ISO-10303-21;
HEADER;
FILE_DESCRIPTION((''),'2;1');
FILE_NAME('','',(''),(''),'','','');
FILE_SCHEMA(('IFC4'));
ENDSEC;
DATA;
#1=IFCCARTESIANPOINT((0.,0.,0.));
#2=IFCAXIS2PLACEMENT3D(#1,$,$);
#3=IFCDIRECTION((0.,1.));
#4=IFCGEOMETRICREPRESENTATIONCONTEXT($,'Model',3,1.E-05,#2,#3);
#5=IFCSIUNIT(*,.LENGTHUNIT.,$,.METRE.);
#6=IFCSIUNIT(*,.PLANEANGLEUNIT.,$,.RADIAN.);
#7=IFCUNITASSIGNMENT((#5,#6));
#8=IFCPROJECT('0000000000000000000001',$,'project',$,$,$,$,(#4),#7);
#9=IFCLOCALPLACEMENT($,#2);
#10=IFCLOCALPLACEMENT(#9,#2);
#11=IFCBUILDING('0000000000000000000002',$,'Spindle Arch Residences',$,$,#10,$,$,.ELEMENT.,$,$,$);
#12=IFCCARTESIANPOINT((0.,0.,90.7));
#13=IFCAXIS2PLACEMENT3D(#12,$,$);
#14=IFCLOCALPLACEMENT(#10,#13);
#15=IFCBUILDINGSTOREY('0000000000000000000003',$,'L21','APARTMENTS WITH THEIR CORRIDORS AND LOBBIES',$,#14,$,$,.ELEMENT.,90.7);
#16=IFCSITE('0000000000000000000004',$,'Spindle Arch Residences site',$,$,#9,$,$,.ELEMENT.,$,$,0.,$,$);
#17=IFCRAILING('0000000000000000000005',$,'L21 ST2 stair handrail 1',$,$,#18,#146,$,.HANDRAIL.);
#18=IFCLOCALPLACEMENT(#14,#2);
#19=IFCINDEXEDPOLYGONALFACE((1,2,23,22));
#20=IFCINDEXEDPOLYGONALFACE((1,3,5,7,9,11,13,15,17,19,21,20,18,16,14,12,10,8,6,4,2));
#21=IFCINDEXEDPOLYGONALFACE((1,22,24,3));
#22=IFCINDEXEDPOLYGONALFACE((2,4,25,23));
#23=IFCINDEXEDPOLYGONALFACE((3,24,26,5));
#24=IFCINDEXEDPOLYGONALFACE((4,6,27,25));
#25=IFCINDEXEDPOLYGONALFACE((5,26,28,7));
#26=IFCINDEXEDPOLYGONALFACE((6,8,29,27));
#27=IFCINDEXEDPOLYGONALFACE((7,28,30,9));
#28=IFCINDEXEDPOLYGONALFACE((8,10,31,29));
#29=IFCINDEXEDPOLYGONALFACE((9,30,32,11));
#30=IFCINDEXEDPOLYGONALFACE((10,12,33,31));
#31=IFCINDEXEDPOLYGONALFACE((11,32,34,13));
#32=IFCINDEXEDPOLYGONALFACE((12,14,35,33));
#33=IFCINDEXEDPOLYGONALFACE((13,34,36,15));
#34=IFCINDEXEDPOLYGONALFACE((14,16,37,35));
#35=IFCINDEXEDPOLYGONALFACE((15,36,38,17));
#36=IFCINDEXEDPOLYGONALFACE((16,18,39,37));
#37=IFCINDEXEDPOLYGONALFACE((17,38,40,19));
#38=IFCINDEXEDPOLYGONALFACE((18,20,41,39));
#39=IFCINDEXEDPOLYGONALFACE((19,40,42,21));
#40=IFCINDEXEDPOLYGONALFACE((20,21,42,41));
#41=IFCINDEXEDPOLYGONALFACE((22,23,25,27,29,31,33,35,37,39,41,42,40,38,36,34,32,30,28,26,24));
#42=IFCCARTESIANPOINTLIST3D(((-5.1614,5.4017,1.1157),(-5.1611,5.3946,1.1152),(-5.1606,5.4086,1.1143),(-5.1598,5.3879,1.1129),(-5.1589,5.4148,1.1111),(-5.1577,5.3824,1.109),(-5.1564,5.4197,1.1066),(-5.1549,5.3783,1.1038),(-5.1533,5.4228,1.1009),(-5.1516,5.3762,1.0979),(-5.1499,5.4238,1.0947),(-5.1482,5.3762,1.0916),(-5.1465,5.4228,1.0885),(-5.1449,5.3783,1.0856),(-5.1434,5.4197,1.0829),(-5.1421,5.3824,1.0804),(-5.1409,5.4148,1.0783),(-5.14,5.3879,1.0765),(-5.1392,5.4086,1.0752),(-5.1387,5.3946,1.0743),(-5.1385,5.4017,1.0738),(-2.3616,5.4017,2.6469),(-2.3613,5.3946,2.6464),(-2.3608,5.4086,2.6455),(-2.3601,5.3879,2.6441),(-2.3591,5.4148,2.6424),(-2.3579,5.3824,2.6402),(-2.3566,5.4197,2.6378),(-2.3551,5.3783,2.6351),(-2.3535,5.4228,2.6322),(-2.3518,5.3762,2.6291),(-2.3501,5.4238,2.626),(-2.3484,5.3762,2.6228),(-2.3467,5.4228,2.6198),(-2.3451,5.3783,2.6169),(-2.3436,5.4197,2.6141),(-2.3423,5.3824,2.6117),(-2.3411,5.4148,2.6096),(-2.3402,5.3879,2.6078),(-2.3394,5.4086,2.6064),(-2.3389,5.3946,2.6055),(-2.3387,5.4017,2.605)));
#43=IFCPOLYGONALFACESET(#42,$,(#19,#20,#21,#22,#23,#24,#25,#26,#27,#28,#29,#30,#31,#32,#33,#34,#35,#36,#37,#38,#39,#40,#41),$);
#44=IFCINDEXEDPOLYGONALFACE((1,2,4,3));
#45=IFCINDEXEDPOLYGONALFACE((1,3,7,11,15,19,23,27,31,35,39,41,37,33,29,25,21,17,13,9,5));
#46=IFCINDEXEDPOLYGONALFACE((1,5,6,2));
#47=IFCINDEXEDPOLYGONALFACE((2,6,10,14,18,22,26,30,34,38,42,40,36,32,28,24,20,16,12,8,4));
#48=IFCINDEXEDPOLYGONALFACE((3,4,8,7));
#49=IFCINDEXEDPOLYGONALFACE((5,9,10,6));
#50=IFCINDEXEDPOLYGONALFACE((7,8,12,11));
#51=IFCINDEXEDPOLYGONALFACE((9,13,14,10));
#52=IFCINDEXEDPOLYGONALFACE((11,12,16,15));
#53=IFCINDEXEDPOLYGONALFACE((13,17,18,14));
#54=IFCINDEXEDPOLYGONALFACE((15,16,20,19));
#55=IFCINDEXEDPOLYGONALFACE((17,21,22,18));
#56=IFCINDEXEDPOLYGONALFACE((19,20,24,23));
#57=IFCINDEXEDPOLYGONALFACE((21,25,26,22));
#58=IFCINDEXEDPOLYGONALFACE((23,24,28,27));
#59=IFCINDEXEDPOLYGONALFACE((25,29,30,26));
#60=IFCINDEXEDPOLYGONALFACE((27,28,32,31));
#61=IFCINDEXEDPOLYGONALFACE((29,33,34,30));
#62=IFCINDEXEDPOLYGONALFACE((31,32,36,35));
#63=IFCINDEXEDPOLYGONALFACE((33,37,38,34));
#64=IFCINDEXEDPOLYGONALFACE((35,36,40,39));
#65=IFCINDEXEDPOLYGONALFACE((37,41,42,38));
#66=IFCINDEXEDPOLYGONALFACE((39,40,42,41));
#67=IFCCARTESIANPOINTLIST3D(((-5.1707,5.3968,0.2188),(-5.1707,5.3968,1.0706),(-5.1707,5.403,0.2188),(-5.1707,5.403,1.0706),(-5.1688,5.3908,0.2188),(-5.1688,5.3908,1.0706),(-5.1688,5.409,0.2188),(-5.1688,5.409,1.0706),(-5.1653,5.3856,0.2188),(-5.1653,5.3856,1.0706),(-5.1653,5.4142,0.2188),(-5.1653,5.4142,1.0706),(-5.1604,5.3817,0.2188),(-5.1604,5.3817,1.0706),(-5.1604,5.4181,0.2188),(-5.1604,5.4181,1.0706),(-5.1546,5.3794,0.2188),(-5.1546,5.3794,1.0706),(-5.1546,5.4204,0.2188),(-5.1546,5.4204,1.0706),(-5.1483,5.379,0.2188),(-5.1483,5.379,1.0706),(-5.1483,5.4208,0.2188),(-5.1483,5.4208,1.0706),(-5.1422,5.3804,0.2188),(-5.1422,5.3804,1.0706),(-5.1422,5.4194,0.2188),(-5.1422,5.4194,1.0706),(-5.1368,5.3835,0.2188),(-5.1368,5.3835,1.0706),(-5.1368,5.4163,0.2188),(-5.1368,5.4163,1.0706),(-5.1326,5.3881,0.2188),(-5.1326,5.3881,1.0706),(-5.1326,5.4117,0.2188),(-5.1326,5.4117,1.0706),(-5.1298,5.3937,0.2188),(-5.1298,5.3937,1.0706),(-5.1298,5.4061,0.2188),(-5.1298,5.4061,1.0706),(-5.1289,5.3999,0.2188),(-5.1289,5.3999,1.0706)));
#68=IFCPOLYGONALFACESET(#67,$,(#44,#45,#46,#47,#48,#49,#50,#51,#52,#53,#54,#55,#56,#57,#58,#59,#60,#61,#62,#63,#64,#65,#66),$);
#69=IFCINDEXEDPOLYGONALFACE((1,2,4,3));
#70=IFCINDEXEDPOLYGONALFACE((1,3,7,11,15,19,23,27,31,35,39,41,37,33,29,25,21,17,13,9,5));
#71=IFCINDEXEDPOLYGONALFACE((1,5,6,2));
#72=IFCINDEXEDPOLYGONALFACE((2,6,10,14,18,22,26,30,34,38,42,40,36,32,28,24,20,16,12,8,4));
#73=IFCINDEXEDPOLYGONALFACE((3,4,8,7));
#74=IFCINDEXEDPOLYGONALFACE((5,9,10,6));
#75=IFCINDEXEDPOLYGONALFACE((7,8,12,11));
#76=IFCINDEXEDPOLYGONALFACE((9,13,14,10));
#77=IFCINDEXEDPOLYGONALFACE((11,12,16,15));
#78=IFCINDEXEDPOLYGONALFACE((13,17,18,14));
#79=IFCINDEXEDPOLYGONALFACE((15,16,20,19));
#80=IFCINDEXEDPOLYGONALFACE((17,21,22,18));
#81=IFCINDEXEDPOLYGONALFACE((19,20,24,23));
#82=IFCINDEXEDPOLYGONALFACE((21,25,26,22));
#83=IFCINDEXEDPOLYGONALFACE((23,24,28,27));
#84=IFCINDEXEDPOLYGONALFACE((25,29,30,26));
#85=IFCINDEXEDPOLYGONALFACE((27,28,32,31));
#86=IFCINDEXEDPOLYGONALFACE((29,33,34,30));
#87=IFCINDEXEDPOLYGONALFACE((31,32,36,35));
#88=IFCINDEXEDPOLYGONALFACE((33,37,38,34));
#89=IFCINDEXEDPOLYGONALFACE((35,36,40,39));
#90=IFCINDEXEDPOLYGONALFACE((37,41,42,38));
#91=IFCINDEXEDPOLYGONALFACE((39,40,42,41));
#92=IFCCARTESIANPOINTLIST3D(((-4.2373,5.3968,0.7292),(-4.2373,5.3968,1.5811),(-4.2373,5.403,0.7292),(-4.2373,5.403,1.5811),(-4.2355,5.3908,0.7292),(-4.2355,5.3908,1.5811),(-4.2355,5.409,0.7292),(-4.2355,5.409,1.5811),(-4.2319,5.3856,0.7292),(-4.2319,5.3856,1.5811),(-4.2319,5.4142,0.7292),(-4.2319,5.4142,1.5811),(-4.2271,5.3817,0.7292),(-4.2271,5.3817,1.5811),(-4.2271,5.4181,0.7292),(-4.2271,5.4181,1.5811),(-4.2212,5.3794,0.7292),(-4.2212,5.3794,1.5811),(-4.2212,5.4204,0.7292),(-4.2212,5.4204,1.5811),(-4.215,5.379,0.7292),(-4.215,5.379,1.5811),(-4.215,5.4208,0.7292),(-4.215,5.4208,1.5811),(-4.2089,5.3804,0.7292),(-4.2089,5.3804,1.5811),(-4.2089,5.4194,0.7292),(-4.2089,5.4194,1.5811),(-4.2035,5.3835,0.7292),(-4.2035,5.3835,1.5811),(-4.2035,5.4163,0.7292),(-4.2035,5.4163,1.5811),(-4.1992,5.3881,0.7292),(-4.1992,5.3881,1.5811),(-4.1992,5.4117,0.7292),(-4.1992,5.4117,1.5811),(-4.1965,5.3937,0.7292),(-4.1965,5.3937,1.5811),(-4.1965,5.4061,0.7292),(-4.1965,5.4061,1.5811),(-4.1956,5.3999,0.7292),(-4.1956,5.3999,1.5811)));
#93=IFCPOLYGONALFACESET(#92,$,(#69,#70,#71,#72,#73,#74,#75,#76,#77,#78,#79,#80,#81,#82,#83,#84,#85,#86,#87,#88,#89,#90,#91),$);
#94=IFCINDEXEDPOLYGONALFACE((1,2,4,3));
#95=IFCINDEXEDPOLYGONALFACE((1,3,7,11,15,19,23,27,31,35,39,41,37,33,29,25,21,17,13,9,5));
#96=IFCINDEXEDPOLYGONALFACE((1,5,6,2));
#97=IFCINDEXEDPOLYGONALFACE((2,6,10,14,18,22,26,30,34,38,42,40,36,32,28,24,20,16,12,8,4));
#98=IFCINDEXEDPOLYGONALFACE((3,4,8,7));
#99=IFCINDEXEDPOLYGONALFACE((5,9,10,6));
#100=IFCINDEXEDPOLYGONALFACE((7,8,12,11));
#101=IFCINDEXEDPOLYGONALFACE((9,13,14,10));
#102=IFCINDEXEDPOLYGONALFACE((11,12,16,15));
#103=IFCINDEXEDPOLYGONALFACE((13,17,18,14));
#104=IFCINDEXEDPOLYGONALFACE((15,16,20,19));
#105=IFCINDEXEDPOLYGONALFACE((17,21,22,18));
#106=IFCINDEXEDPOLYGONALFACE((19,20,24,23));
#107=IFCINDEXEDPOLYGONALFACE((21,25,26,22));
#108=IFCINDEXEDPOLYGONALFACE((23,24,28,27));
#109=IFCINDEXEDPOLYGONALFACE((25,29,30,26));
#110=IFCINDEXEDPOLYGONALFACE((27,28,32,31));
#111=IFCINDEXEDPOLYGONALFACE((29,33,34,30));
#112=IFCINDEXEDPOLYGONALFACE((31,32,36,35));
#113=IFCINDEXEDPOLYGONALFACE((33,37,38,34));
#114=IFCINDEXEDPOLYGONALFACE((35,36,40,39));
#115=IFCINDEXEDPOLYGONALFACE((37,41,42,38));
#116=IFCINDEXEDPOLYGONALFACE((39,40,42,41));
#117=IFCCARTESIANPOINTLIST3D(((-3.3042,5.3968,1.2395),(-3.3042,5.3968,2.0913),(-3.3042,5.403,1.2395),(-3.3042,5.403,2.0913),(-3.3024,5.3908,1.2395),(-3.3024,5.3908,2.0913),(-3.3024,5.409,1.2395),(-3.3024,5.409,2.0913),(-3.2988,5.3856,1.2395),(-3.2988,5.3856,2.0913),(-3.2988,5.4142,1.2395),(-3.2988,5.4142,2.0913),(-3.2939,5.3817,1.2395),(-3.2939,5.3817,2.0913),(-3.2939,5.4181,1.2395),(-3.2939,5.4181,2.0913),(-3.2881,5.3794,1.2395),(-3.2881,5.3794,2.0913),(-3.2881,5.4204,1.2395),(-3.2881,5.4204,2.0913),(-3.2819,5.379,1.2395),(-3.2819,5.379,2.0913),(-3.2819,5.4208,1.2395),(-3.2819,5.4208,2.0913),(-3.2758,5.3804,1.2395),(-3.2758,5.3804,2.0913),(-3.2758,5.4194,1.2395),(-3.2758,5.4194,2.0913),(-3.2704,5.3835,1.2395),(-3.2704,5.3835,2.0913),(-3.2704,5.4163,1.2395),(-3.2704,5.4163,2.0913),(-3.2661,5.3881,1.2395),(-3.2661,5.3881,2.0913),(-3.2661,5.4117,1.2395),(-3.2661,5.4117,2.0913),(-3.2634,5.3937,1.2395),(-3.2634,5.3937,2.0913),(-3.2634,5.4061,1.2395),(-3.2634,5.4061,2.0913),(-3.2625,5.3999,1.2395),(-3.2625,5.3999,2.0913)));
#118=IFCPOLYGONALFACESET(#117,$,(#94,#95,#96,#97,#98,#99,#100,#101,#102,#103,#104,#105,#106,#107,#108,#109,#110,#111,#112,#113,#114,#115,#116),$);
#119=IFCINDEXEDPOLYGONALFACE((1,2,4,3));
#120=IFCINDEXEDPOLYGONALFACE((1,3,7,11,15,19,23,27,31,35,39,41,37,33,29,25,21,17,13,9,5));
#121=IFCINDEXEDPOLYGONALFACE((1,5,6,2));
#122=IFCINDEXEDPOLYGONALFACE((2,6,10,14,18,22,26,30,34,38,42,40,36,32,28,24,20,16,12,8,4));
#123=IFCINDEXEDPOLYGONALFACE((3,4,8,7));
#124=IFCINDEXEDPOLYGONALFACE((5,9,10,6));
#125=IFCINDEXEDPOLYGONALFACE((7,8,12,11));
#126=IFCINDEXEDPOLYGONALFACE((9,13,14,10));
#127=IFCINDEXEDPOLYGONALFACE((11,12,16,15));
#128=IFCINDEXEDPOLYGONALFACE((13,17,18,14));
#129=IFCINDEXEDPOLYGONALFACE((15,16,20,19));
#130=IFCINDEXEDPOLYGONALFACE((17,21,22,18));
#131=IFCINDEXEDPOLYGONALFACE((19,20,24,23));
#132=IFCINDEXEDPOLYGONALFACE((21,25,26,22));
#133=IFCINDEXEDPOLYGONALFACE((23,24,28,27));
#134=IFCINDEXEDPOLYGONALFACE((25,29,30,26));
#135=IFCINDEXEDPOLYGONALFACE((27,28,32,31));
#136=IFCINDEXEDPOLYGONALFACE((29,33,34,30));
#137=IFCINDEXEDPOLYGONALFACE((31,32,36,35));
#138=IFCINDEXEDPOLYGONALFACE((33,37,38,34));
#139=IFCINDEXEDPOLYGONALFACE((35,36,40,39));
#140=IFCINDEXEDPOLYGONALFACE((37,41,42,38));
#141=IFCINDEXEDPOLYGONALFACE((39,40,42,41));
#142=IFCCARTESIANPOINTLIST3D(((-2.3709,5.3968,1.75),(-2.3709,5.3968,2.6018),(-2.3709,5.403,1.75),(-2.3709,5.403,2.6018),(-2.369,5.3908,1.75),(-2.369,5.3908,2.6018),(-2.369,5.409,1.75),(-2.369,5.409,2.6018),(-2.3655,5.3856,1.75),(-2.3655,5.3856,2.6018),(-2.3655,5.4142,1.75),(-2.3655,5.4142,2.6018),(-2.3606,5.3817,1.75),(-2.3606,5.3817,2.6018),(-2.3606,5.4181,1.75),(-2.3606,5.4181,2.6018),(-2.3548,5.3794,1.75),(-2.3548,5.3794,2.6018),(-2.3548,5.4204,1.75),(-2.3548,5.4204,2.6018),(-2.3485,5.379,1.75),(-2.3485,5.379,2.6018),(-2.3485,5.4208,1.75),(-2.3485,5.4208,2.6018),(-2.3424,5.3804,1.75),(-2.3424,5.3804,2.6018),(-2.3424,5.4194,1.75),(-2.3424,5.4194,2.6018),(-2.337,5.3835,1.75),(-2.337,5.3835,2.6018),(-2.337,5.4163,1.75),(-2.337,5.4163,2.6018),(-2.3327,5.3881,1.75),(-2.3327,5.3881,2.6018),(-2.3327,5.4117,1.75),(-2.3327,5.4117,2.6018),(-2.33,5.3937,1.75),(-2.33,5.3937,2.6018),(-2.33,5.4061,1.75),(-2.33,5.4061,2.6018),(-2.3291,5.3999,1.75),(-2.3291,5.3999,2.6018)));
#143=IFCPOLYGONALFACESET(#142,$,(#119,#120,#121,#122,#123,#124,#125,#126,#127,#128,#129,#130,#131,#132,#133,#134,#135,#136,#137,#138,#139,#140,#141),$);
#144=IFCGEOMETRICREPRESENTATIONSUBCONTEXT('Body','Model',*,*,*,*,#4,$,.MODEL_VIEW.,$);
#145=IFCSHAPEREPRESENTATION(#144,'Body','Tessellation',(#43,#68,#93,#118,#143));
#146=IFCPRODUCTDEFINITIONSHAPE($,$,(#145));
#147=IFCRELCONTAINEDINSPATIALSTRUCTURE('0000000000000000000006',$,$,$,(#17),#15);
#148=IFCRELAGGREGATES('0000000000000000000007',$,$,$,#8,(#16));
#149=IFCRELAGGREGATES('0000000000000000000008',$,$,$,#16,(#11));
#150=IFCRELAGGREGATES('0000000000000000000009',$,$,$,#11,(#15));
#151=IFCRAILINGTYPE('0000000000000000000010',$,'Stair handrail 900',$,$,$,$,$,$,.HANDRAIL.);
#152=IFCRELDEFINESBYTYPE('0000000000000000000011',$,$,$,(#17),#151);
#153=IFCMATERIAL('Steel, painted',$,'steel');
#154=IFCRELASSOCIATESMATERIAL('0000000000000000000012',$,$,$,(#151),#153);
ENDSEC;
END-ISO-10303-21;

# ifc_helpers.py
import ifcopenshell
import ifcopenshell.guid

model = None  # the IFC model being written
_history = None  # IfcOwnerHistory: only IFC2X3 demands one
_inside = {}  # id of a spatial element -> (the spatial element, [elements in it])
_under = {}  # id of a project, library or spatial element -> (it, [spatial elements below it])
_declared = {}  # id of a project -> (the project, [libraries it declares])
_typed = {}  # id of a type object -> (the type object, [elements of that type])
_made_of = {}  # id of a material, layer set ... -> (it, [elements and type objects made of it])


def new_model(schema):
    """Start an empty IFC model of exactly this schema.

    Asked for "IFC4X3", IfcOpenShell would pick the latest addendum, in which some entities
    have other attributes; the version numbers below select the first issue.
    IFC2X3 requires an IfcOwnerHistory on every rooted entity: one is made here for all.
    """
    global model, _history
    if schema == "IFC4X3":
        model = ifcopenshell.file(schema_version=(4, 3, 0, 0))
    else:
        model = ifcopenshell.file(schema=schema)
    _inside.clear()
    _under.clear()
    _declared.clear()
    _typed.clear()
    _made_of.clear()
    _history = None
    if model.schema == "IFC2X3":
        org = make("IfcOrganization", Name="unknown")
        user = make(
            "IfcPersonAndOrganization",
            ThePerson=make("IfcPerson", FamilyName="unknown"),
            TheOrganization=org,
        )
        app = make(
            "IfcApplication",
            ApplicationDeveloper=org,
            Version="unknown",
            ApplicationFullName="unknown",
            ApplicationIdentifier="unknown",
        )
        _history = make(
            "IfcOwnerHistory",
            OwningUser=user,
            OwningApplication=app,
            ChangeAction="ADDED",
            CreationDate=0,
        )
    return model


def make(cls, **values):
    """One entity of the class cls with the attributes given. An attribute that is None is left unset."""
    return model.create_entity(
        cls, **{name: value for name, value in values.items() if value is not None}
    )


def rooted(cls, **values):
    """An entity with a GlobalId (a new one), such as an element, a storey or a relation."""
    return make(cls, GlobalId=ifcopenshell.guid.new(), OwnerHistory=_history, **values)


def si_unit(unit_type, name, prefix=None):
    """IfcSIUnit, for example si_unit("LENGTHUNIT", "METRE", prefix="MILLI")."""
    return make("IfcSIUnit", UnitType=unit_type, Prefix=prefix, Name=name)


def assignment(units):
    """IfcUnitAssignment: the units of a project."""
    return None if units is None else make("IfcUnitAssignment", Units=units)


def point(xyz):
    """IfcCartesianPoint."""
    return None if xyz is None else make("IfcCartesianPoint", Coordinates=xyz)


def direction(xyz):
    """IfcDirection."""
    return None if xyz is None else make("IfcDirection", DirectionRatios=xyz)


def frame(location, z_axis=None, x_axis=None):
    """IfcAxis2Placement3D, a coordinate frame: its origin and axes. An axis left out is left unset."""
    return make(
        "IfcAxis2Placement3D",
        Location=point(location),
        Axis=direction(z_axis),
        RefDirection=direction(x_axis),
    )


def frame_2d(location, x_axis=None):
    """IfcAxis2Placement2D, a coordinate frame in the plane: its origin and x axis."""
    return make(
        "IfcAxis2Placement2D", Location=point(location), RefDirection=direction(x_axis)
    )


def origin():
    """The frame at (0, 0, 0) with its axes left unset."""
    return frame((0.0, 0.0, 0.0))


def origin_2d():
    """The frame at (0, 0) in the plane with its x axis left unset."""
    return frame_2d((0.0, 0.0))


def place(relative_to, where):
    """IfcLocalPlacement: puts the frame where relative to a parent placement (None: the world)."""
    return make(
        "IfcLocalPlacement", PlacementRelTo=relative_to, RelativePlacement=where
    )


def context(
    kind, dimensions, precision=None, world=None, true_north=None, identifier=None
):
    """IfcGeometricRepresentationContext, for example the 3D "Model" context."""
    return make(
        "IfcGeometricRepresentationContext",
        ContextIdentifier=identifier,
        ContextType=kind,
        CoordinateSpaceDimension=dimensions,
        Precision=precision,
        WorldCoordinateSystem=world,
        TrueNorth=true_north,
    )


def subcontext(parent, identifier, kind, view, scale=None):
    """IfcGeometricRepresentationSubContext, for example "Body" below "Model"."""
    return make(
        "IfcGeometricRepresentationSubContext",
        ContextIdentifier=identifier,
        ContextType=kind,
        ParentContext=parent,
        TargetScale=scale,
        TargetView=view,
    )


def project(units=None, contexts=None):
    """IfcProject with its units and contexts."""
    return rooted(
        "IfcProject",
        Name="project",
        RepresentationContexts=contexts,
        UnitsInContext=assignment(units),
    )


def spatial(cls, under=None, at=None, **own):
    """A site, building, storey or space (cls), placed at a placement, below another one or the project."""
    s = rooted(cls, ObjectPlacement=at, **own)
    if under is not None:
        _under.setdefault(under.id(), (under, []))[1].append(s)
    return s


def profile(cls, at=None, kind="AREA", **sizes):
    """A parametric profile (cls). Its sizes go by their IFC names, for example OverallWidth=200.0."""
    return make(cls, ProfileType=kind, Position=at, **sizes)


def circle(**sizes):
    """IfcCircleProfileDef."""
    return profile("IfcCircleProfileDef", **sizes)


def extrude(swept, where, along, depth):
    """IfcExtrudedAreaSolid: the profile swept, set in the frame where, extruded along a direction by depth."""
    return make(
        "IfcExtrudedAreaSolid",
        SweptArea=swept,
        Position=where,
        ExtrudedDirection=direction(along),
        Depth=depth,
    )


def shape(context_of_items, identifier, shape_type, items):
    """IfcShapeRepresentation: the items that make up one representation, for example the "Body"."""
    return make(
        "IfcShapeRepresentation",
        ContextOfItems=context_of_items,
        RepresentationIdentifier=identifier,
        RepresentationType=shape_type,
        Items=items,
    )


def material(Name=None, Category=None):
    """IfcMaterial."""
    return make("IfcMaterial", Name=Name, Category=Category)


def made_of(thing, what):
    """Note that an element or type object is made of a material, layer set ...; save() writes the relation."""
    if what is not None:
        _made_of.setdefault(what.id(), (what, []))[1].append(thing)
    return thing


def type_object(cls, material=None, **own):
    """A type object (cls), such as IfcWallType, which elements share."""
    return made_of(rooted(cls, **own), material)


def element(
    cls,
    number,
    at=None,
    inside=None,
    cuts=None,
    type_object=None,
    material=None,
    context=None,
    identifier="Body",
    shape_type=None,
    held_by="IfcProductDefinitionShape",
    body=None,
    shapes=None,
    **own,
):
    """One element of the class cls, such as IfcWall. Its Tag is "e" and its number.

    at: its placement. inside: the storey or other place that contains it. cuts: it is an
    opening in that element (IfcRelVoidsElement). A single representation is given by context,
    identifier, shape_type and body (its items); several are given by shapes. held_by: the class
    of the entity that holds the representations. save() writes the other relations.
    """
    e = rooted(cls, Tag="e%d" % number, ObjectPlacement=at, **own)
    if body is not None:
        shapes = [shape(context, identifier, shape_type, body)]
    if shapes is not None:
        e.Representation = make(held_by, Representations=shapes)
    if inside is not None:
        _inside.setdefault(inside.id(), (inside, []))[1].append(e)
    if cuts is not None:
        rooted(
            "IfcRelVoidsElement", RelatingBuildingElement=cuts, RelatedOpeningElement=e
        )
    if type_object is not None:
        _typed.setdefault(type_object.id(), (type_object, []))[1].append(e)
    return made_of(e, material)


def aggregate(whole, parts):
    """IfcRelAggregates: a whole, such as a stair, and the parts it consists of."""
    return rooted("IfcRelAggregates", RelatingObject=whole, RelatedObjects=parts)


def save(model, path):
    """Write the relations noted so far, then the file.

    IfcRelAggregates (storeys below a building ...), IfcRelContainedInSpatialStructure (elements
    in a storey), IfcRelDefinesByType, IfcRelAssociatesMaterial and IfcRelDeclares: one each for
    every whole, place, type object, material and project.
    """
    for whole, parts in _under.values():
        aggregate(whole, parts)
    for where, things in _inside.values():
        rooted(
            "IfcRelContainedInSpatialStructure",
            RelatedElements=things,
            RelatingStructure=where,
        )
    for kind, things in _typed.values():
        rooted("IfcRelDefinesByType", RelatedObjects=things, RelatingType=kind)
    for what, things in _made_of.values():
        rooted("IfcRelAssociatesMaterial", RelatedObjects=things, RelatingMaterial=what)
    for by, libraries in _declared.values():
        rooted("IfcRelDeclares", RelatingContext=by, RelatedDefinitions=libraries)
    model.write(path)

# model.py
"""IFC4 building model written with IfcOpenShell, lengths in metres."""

from ifc_helpers import new_model, si_unit, direction, frame, origin, origin_2d, place, context, subcontext, project, spatial, circle, extrude, material, type_object, element, save


model = new_model("IFC4")

# Units and contexts
model_context = context("Model", 3, precision=1e-05, world=origin(), true_north=direction((0.0, 1.0)))
body_context = subcontext(model_context, "Body", "Model", "MODEL_VIEW")
ifc_project = project(units=[si_unit("LENGTHUNIT", "METRE"), si_unit("PLANEANGLEUNIT", "RADIAN")], contexts=[model_context])

# Site, building, storey
site_placement = place(None, origin())
site = spatial("IfcSite", under=ifc_project, at=site_placement, Name="Spindle Arch Residences site", CompositionType="ELEMENT", RefElevation=0.0)
building_placement = place(site_placement, origin())
building = spatial("IfcBuilding", under=site, at=building_placement, Name="Spindle Arch Residences", CompositionType="ELEMENT")
storey_placement = place(building_placement, frame((0.0, 0.0, 90.7)))
storey = spatial("IfcBuildingStorey", under=building, at=storey_placement, Name="L21", Description="APARTMENTS WITH THEIR CORRIDORS AND LOBBIES", CompositionType="ELEMENT", Elevation=90.7)

# Railing
ifc_material_1 = material(Name="Steel, painted", Category="steel")
railing_type_1 = type_object("IfcRailingType", Name="Stair handrail 900", PredefinedType="HANDRAIL", material=ifc_material_1)
railing_1_placement = place(storey_placement, frame((-5.1499, 5.3999, 0.2188)))
element("IfcRailing", 1, at=railing_1_placement, inside=storey, type_object=railing_type_1, Name="L21 ST2 stair handrail 1", PredefinedType="HANDRAIL", context=body_context, shape_type="SweptSolid", body=[
    extrude(circle(Radius=0.0239, at=origin_2d()), frame((0.0, 0.0, 0.876), z_axis=(0.877357, 0.0, 0.479838), x_axis=(0.0, 1.0, 0.0)), (0.0, 0.0, 1.0), 3.1912),
    extrude(circle(Radius=0.021, at=origin_2d()), origin(), (0.0, 0.0, 1.0), 0.8518),
    extrude(circle(Radius=0.021, at=origin_2d()), frame((0.9333, 0.0, 0.5105)), (0.0, 0.0, 1.0), 0.8518),
    extrude(circle(Radius=0.021, at=origin_2d()), frame((1.8665, 0.0, 1.0208)), (0.0, 0.0, 1.0), 0.8518),
    extrude(circle(Radius=0.021, at=origin_2d()), frame((2.7998, 0.0, 1.5312)), (0.0, 0.0, 1.0), 0.8518),
])

save(model, "model.ifc")
